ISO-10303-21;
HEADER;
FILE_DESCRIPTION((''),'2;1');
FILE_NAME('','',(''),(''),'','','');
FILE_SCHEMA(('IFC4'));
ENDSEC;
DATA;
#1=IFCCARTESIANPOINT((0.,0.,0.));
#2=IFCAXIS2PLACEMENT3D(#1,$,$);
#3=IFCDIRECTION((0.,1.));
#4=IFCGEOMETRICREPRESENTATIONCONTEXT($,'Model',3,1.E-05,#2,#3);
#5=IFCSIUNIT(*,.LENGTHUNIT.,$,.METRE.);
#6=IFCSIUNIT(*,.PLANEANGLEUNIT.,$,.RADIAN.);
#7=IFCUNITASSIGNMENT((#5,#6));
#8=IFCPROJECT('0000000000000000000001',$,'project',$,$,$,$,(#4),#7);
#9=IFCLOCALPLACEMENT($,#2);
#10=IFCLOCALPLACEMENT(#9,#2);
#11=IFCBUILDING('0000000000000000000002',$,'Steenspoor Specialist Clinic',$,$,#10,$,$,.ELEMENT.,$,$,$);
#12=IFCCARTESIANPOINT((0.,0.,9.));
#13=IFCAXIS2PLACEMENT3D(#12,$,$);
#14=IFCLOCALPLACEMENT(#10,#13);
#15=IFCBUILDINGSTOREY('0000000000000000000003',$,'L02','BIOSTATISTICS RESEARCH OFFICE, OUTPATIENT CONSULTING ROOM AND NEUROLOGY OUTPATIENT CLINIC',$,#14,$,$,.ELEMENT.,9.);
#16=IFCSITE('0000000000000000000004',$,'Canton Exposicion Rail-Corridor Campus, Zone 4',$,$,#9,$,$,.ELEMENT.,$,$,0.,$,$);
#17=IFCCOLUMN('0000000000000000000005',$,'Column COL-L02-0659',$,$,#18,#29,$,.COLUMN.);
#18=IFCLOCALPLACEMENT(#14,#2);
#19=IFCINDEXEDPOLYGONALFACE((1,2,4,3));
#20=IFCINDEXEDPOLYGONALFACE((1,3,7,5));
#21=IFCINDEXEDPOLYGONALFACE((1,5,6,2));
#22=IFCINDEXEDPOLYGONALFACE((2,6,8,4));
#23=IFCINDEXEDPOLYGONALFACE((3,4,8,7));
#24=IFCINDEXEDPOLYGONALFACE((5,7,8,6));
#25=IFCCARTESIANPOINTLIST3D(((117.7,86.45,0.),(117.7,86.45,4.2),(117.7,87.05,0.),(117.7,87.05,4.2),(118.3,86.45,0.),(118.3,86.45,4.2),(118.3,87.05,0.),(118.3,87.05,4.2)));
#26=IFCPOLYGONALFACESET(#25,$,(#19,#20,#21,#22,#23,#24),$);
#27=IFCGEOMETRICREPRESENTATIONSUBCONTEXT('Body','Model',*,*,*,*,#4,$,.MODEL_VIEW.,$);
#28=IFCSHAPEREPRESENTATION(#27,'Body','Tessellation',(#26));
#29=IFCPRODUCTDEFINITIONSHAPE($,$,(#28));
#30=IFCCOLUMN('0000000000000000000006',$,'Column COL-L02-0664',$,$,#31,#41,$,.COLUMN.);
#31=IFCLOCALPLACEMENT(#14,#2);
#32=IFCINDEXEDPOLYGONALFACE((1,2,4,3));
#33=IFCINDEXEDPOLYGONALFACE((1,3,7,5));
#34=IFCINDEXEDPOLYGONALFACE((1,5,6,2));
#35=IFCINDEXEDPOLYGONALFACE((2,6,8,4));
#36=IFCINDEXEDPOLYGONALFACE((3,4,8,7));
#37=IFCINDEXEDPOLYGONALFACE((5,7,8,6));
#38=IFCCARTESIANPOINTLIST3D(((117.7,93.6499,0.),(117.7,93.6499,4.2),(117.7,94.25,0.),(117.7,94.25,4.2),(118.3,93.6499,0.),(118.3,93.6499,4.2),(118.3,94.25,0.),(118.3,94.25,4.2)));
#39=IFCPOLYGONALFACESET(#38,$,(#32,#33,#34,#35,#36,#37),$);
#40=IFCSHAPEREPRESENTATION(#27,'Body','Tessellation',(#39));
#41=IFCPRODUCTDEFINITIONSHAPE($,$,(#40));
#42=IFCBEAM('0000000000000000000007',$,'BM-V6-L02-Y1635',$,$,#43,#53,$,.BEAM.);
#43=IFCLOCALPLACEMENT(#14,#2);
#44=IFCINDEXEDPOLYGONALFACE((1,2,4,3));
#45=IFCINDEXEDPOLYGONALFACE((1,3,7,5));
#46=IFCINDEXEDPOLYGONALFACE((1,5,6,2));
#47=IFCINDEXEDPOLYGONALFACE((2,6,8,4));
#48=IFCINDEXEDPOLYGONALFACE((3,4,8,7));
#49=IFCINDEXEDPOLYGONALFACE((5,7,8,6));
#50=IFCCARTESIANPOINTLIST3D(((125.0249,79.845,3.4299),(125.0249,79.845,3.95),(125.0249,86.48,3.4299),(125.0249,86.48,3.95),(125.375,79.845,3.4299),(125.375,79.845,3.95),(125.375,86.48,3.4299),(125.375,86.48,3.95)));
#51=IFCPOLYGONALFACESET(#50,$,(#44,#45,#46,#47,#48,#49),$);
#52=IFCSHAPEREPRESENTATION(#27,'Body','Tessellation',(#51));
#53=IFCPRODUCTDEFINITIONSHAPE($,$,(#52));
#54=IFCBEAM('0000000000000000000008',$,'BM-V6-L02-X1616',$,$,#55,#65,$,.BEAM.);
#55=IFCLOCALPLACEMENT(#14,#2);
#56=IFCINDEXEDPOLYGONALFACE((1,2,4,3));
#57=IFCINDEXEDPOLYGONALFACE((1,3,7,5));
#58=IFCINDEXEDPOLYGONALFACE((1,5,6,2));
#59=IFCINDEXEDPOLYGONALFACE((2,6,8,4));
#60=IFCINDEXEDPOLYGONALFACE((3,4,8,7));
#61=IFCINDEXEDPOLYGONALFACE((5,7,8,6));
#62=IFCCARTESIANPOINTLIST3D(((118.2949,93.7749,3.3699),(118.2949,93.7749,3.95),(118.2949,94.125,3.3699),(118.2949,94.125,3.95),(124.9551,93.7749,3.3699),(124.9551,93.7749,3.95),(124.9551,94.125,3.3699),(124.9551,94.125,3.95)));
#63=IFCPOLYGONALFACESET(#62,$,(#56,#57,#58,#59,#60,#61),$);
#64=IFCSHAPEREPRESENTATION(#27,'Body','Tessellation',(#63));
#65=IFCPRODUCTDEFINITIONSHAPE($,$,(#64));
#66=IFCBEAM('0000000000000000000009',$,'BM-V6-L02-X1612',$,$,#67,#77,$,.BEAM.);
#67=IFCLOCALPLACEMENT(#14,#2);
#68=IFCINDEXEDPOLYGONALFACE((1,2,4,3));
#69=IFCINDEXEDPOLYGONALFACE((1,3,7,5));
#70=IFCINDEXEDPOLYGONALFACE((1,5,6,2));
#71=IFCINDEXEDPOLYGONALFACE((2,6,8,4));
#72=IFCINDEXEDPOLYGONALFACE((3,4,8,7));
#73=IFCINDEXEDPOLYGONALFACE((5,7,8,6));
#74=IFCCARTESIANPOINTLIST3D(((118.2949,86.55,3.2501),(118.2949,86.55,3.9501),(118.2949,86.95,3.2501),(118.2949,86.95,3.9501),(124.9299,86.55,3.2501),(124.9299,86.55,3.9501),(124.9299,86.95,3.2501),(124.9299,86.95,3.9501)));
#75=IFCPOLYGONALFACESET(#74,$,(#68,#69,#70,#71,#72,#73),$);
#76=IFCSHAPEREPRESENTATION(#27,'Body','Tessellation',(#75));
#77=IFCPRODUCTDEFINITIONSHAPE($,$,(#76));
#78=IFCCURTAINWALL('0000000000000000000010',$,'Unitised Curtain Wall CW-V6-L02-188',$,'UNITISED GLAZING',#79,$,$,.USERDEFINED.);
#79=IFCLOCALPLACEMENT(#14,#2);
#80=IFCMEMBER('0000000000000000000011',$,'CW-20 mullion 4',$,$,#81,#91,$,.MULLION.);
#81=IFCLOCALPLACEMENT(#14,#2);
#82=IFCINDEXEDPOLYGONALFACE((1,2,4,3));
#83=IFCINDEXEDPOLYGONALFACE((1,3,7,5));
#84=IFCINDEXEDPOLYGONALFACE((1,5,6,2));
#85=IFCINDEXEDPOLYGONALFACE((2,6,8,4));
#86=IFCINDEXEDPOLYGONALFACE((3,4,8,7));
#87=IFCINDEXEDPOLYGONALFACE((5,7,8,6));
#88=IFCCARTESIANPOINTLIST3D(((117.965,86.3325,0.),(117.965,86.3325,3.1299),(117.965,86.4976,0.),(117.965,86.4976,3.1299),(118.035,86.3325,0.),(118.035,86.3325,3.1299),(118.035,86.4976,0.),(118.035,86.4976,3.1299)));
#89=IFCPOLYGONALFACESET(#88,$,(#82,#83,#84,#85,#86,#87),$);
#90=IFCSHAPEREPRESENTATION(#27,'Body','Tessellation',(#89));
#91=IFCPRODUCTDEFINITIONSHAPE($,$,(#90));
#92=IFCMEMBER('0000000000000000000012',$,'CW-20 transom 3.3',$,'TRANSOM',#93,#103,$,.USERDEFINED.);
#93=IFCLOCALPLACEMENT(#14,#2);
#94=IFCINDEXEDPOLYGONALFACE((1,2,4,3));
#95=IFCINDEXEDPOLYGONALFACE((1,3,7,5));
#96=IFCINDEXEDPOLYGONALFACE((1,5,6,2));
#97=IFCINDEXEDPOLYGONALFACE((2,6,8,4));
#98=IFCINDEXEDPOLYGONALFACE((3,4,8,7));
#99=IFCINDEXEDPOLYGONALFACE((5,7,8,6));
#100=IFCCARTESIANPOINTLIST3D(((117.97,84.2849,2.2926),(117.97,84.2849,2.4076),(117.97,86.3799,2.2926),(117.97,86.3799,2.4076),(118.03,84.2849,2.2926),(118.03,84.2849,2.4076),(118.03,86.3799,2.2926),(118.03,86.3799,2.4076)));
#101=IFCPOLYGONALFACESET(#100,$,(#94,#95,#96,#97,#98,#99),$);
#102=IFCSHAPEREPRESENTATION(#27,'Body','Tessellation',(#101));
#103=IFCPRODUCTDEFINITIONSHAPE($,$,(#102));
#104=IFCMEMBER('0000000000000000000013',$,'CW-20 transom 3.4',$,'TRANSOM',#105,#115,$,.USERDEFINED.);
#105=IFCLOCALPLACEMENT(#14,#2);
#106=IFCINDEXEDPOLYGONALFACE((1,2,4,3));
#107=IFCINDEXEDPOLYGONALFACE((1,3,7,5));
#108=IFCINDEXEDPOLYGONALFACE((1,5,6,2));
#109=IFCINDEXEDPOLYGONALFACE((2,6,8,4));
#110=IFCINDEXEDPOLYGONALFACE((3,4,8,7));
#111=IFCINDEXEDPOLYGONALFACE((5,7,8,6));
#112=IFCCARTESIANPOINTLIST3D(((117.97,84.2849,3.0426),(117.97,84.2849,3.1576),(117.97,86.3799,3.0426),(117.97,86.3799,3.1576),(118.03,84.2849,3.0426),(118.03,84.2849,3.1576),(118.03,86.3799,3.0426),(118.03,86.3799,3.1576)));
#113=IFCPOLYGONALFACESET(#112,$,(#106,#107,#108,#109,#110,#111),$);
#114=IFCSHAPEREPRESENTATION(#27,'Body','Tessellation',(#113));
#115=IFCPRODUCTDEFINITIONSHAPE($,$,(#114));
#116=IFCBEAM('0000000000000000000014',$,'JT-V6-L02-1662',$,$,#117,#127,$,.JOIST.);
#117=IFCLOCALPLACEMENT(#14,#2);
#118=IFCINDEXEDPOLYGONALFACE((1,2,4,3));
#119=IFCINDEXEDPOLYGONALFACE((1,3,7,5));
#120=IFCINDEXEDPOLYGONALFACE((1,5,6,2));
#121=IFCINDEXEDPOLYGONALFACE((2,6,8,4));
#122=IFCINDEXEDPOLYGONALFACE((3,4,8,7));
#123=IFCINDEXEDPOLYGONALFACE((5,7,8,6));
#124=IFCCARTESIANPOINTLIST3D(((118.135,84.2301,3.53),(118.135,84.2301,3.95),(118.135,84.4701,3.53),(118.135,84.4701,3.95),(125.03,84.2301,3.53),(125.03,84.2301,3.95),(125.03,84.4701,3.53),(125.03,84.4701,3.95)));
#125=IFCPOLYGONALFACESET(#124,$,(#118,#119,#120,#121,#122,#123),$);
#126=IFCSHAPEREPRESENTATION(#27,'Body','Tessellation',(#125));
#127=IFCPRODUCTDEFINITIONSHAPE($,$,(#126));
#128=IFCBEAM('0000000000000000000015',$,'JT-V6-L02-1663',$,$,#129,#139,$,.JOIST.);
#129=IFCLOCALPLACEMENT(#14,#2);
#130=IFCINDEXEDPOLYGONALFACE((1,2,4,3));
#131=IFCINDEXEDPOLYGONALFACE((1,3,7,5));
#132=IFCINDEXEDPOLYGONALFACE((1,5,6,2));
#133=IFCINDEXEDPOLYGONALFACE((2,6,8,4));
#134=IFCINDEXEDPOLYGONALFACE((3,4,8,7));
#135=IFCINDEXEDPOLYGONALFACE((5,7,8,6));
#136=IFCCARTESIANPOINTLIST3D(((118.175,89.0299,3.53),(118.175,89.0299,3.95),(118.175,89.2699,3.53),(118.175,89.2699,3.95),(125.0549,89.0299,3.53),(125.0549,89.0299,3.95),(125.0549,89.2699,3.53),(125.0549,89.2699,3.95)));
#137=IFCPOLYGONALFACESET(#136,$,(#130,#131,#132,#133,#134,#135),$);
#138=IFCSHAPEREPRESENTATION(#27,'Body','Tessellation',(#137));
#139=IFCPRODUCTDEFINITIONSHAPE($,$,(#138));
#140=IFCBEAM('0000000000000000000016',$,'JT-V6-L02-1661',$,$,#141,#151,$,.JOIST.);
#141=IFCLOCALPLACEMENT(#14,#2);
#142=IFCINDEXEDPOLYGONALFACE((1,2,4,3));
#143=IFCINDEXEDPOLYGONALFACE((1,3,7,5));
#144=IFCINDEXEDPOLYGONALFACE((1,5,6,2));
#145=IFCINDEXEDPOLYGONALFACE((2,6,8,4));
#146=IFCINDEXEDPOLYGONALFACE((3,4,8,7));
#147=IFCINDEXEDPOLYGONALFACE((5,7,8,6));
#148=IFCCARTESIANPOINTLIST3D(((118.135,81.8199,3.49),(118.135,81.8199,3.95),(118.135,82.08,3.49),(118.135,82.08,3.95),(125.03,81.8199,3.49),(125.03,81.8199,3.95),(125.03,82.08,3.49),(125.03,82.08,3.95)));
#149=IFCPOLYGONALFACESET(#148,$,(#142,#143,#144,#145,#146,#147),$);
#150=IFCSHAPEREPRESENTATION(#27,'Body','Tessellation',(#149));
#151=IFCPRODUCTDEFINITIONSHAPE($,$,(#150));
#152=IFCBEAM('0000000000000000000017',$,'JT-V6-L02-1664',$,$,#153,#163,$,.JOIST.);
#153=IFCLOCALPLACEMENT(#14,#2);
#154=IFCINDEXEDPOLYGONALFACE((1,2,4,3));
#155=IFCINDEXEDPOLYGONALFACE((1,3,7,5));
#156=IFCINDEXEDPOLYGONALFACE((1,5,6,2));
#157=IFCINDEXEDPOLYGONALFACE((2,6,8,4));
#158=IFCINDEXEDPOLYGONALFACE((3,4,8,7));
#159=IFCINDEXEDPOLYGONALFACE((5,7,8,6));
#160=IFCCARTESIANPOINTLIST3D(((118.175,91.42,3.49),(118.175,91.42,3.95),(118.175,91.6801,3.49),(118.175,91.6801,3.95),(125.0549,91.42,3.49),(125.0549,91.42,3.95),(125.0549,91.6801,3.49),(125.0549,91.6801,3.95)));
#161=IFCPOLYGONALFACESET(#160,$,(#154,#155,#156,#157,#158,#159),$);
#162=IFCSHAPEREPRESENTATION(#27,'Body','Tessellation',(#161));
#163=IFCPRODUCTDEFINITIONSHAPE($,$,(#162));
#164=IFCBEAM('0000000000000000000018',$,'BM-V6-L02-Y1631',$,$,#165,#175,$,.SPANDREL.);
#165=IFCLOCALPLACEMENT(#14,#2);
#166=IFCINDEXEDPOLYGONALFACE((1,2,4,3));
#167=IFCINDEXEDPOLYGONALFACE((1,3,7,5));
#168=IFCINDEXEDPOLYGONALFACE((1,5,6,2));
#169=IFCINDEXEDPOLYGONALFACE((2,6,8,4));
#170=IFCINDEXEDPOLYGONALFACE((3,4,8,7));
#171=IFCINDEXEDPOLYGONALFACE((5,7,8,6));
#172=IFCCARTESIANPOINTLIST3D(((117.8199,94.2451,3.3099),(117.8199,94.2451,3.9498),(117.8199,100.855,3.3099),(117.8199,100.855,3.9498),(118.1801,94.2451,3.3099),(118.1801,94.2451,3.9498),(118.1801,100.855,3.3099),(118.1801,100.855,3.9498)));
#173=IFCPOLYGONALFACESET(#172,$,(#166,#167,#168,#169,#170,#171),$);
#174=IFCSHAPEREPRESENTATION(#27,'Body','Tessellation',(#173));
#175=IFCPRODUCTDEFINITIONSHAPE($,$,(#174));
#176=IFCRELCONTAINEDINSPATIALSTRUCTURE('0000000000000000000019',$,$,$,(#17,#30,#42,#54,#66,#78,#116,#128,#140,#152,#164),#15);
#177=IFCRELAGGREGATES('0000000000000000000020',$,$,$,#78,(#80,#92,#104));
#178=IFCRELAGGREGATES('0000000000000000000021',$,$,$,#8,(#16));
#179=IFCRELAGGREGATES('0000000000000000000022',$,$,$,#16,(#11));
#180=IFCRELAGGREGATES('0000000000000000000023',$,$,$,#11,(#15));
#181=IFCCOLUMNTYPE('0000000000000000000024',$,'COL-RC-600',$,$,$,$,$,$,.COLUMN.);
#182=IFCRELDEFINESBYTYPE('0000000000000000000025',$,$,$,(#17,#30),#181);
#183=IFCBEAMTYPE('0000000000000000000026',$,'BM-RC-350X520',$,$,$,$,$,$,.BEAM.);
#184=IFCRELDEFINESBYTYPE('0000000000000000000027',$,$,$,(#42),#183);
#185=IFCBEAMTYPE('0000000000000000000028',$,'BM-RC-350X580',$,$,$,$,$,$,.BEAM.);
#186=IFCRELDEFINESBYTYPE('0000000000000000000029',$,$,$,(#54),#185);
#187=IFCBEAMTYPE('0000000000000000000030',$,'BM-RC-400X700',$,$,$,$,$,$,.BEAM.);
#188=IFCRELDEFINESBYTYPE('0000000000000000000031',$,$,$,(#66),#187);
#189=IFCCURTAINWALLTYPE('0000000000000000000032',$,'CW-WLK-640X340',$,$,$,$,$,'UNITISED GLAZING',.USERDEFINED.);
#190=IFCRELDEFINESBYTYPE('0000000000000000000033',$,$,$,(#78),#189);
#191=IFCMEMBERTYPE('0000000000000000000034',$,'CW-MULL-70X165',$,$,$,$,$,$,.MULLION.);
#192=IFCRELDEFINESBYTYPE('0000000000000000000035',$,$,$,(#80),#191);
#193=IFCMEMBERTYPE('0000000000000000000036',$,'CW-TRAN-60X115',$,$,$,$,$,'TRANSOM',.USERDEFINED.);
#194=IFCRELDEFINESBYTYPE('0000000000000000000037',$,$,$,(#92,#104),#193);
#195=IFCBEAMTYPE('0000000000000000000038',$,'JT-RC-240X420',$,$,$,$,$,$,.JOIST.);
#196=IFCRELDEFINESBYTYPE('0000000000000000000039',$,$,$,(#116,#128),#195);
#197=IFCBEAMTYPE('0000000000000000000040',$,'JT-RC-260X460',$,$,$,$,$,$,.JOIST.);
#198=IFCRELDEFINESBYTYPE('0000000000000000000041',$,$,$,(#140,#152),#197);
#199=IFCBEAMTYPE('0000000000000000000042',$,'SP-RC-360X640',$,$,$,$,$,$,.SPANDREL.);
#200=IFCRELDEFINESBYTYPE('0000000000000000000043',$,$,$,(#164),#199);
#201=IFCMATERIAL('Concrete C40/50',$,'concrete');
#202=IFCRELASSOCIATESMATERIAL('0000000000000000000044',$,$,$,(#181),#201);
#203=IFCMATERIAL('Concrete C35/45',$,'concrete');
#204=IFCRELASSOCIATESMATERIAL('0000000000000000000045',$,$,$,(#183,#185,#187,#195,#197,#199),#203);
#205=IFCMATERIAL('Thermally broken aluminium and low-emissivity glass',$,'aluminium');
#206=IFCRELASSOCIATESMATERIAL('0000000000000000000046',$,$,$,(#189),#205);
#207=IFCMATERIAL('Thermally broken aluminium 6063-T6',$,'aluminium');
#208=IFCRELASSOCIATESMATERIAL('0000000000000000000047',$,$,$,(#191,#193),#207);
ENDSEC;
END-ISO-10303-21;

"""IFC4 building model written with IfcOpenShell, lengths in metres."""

from ifc_helpers import new_model, si_unit, direction, frame, origin, origin_2d, place, context, subcontext, project, spatial, rectangle, extrude, material, material_profile, profile_set, type_object, element, aggregate, save


model = new_model("IFC4")

# Units and contexts
model_context = context("Model", 3, precision=1e-05, world=origin(), true_north=direction((0.0, 1.0)))
body_context = subcontext(model_context, "Body", "Model", "MODEL_VIEW")
ifc_project = project(units=[si_unit("LENGTHUNIT", "METRE"), si_unit("PLANEANGLEUNIT", "RADIAN")], contexts=[model_context])

# Site, building, storey
site_placement = place(None, origin())
site = spatial("IfcSite", under=ifc_project, at=site_placement, Name="Canton Exposicion Rail-Corridor Campus, Zone 4", CompositionType="ELEMENT", RefElevation=0.0)
building_placement = place(site_placement, origin())
building = spatial("IfcBuilding", under=site, at=building_placement, Name="Steenspoor Specialist Clinic", CompositionType="ELEMENT")
storey_placement = place(building_placement, frame((0.0, 0.0, 9.0)))
storey = spatial("IfcBuildingStorey", under=building, at=storey_placement, Name="L02", Description="BIOSTATISTICS RESEARCH OFFICE, OUTPATIENT CONSULTING ROOM AND NEUROLOGY OUTPATIENT CLINIC", CompositionType="ELEMENT", Elevation=9.0)

# Columns
ifc_material_1 = material(Name="Concrete C40/50", Category="concrete")
ifc_material_profile_1 = material_profile(ifc_material_1, rectangle(XDim=0.6001, YDim=0.6001, at=origin_2d()), Name="RC-COL-600X600")
ifc_profile_set_1 = profile_set([ifc_material_profile_1], Name="Concrete C40/50")
column_type = type_object("IfcColumnType", Name="COL-RC-600", PredefinedType="COLUMN", material=ifc_profile_set_1)
for number, where, z_axis, x_axis, name in (
    (1, (118.0, 86.75, 0.0), (0.0, 0.0, 1.0), (1.0, 0.0, 0.0), "Column COL-L02-0659"),
    (2, (118.0, 93.95, 0.0), (0.0, 0.0, 1.0), (1.0, 0.0, 0.0), "Column COL-L02-0664"),
):
    element("IfcColumn", number, at=place(storey_placement, frame(where, z_axis=z_axis, x_axis=x_axis)), inside=storey, type_object=column_type, Name=name, PredefinedType="COLUMN", context=body_context, shape_type="SweptSolid", body=[
        extrude(rectangle(XDim=0.6001, YDim=0.6001, at=origin_2d()), origin(), (0.0, 0.0, 1.0), 4.2),
    ])

# Beams
ifc_material_2 = material(Name="Concrete C35/45", Category="concrete")
ifc_material_profile_2 = material_profile(ifc_material_2, rectangle(XDim=0.3501, YDim=0.52, at=origin_2d()), Name="RC-BM-350X520")
ifc_profile_set_2 = profile_set([ifc_material_profile_2], Name="Concrete C35/45")
beam_type_1 = type_object("IfcBeamType", Name="BM-RC-350X520", PredefinedType="BEAM", material=ifc_profile_set_2)
beam_1_placement = place(storey_placement, frame((125.2, 79.845, 3.6899), z_axis=(0.0, 1.0, 0.0), x_axis=(-1.0, 0.0, 0.0)))
element("IfcBeam", 3, at=beam_1_placement, inside=storey, type_object=beam_type_1, Name="BM-V6-L02-Y1635", PredefinedType="BEAM", context=body_context, shape_type="SweptSolid", body=[
    extrude(rectangle(XDim=0.3501, YDim=0.52, at=origin_2d()), origin(), (0.0, 0.0, 1.0), 6.635),
])
ifc_material_profile_3 = material_profile(ifc_material_2, rectangle(XDim=0.3501, YDim=0.5801, at=origin_2d()), Name="RC-BM-350X580")
ifc_profile_set_3 = profile_set([ifc_material_profile_3], Name="Concrete C35/45")
beam_type_2 = type_object("IfcBeamType", Name="BM-RC-350X580", PredefinedType="BEAM", material=ifc_profile_set_3)
beam_2_placement = place(storey_placement, frame((118.2949, 93.95, 3.6599), z_axis=(1.0, 0.0, 0.0), x_axis=(0.0, 1.0, 0.0)))
element("IfcBeam", 4, at=beam_2_placement, inside=storey, type_object=beam_type_2, Name="BM-V6-L02-X1616", PredefinedType="BEAM", context=body_context, shape_type="SweptSolid", body=[
    extrude(rectangle(XDim=0.3501, YDim=0.5801, at=origin_2d()), origin(), (0.0, 0.0, 1.0), 6.6602),
])
ifc_material_profile_4 = material_profile(ifc_material_2, rectangle(XDim=0.3999, YDim=0.7, at=origin_2d()), Name="RC-BM-400X700")
ifc_profile_set_4 = profile_set([ifc_material_profile_4], Name="Concrete C35/45")
beam_type_3 = type_object("IfcBeamType", Name="BM-RC-400X700", PredefinedType="BEAM", material=ifc_profile_set_4)
beam_3_placement = place(storey_placement, frame((118.2949, 86.75, 3.6001), z_axis=(1.0, 0.0, 0.0), x_axis=(0.0, 1.0, 0.0)))
element("IfcBeam", 5, at=beam_3_placement, inside=storey, type_object=beam_type_3, Name="BM-V6-L02-X1612", PredefinedType="BEAM", context=body_context, shape_type="SweptSolid", body=[
    extrude(rectangle(XDim=0.3999, YDim=0.7, at=origin_2d()), origin(), (0.0, 0.0, 1.0), 6.635),
])

# Curtain wall, members
ifc_material_3 = material(Name="Thermally broken aluminium and low-emissivity glass", Category="aluminium")
curtain_wall_type = type_object("IfcCurtainWallType", Name="CW-WLK-640X340", ElementType="UNITISED GLAZING", PredefinedType="USERDEFINED", material=ifc_material_3)
curtain_wall_placement = place(storey_placement, origin())
curtain_wall = element("IfcCurtainWall", 6, at=curtain_wall_placement, inside=storey, type_object=curtain_wall_type, Name="Unitised Curtain Wall CW-V6-L02-188", ObjectType="UNITISED GLAZING", PredefinedType="USERDEFINED")
ifc_material_4 = material(Name="Thermally broken aluminium 6063-T6", Category="aluminium")
ifc_material_profile_5 = material_profile(ifc_material_4, rectangle(XDim=0.0701, YDim=0.165, at=origin_2d()), Name="CWM-70X165")
ifc_profile_set_5 = profile_set([ifc_material_profile_5], Name="Thermally broken aluminium 6063-T6")
member_type_1 = type_object("IfcMemberType", Name="CW-MULL-70X165", PredefinedType="MULLION", material=ifc_profile_set_5)
member_1_placement = place(storey_placement, frame((118.0, 86.415, 0.0), z_axis=(0.0, 0.0, 1.0), x_axis=(-1.0, 0.0, 0.0)))
member_1 = element("IfcMember", 7, at=member_1_placement, type_object=member_type_1, Name="CW-20 mullion 4", PredefinedType="MULLION", context=body_context, shape_type="SweptSolid", body=[
    extrude(rectangle(XDim=0.0701, YDim=0.165, at=origin_2d()), origin(), (0.0, 0.0, 1.0), 3.1299),
])
ifc_material_profile_6 = material_profile(ifc_material_4, rectangle(XDim=0.0601, YDim=0.115, at=origin_2d()), Name="CWT-60X115")
ifc_profile_set_6 = profile_set([ifc_material_profile_6], Name="Thermally broken aluminium 6063-T6")
member_type_2 = type_object("IfcMemberType", Name="CW-TRAN-60X115", ElementType="TRANSOM", PredefinedType="USERDEFINED", material=ifc_profile_set_6)
member_2_placement = place(storey_placement, frame((118.0, 84.2849, 2.3501), z_axis=(0.0, 1.0, 0.0), x_axis=(-1.0, 0.0, 0.0)))
member_2 = element("IfcMember", 8, at=member_2_placement, type_object=member_type_2, Name="CW-20 transom 3.3", ObjectType="TRANSOM", PredefinedType="USERDEFINED", context=body_context, shape_type="SweptSolid", body=[
    extrude(rectangle(XDim=0.0601, YDim=0.115, at=origin_2d()), origin(), (0.0, 0.0, 1.0), 2.095),
])
member_3_placement = place(storey_placement, frame((118.0, 84.2849, 3.1001), z_axis=(0.0, 1.0, 0.0), x_axis=(-1.0, 0.0, 0.0)))
member_3 = element("IfcMember", 9, at=member_3_placement, type_object=member_type_2, Name="CW-20 transom 3.4", ObjectType="TRANSOM", PredefinedType="USERDEFINED", context=body_context, shape_type="SweptSolid", body=[
    extrude(rectangle(XDim=0.0601, YDim=0.115, at=origin_2d()), origin(), (0.0, 0.0, 1.0), 2.095),
])

# Beams
ifc_material_profile_7 = material_profile(ifc_material_2, rectangle(XDim=0.24, YDim=0.4199, at=origin_2d()), Name="RC-JT-240X420")
ifc_profile_set_7 = profile_set([ifc_material_profile_7], Name="Concrete C35/45")
beam_type_4 = type_object("IfcBeamType", Name="JT-RC-240X420", PredefinedType="JOIST", material=ifc_profile_set_7)
beam_4_placement = place(storey_placement, frame((118.135, 84.3501, 3.74), z_axis=(1.0, 0.0, 0.0), x_axis=(0.0, 1.0, 0.0)))
element("IfcBeam", 10, at=beam_4_placement, inside=storey, type_object=beam_type_4, Name="JT-V6-L02-1662", PredefinedType="JOIST", context=body_context, shape_type="SweptSolid", body=[
    extrude(rectangle(XDim=0.24, YDim=0.4199, at=origin_2d()), origin(), (0.0, 0.0, 1.0), 6.895),
])
beam_5_placement = place(storey_placement, frame((118.175, 89.1499, 3.74), z_axis=(1.0, 0.0, 0.0), x_axis=(0.0, 1.0, 0.0)))
element("IfcBeam", 11, at=beam_5_placement, inside=storey, type_object=beam_type_4, Name="JT-V6-L02-1663", PredefinedType="JOIST", context=body_context, shape_type="SweptSolid", body=[
    extrude(rectangle(XDim=0.24, YDim=0.4199, at=origin_2d()), origin(), (0.0, 0.0, 1.0), 6.8799),
])
ifc_material_profile_8 = material_profile(ifc_material_2, rectangle(XDim=0.26, YDim=0.46, at=origin_2d()), Name="RC-JT-260X460")
ifc_profile_set_8 = profile_set([ifc_material_profile_8], Name="Concrete C35/45")
beam_type_5 = type_object("IfcBeamType", Name="JT-RC-260X460", PredefinedType="JOIST", material=ifc_profile_set_8)
beam_6_placement = place(storey_placement, frame((118.135, 81.95, 3.72), z_axis=(1.0, 0.0, 0.0), x_axis=(0.0, 1.0, 0.0)))
element("IfcBeam", 12, at=beam_6_placement, inside=storey, type_object=beam_type_5, Name="JT-V6-L02-1661", PredefinedType="JOIST", context=body_context, shape_type="SweptSolid", body=[
    extrude(rectangle(XDim=0.26, YDim=0.46, at=origin_2d()), origin(), (0.0, 0.0, 1.0), 6.895),
])
beam_7_placement = place(storey_placement, frame((118.175, 91.55, 3.72), z_axis=(1.0, 0.0, 0.0), x_axis=(0.0, 1.0, 0.0)))
element("IfcBeam", 13, at=beam_7_placement, inside=storey, type_object=beam_type_5, Name="JT-V6-L02-1664", PredefinedType="JOIST", context=body_context, shape_type="SweptSolid", body=[
    extrude(rectangle(XDim=0.26, YDim=0.46, at=origin_2d()), origin(), (0.0, 0.0, 1.0), 6.8799),
])
ifc_material_profile_9 = material_profile(ifc_material_2, rectangle(XDim=0.3601, YDim=0.6399, at=origin_2d()), Name="RC-SP-360X640")
ifc_profile_set_9 = profile_set([ifc_material_profile_9], Name="Concrete C35/45")
beam_type_6 = type_object("IfcBeamType", Name="SP-RC-360X640", PredefinedType="SPANDREL", material=ifc_profile_set_9)
beam_8_placement = place(storey_placement, frame((118.0, 94.2451, 3.6299), z_axis=(0.0, 1.0, 0.0), x_axis=(-1.0, 0.0, 0.0)))
element("IfcBeam", 14, at=beam_8_placement, inside=storey, type_object=beam_type_6, Name="BM-V6-L02-Y1631", PredefinedType="SPANDREL", context=body_context, shape_type="SweptSolid", body=[
    extrude(rectangle(XDim=0.3601, YDim=0.6399, at=origin_2d()), origin(), (0.0, 0.0, 1.0), 6.6099),
])

aggregate(curtain_wall, [member_1, member_2, member_3])

save(model, "model.ifc")
